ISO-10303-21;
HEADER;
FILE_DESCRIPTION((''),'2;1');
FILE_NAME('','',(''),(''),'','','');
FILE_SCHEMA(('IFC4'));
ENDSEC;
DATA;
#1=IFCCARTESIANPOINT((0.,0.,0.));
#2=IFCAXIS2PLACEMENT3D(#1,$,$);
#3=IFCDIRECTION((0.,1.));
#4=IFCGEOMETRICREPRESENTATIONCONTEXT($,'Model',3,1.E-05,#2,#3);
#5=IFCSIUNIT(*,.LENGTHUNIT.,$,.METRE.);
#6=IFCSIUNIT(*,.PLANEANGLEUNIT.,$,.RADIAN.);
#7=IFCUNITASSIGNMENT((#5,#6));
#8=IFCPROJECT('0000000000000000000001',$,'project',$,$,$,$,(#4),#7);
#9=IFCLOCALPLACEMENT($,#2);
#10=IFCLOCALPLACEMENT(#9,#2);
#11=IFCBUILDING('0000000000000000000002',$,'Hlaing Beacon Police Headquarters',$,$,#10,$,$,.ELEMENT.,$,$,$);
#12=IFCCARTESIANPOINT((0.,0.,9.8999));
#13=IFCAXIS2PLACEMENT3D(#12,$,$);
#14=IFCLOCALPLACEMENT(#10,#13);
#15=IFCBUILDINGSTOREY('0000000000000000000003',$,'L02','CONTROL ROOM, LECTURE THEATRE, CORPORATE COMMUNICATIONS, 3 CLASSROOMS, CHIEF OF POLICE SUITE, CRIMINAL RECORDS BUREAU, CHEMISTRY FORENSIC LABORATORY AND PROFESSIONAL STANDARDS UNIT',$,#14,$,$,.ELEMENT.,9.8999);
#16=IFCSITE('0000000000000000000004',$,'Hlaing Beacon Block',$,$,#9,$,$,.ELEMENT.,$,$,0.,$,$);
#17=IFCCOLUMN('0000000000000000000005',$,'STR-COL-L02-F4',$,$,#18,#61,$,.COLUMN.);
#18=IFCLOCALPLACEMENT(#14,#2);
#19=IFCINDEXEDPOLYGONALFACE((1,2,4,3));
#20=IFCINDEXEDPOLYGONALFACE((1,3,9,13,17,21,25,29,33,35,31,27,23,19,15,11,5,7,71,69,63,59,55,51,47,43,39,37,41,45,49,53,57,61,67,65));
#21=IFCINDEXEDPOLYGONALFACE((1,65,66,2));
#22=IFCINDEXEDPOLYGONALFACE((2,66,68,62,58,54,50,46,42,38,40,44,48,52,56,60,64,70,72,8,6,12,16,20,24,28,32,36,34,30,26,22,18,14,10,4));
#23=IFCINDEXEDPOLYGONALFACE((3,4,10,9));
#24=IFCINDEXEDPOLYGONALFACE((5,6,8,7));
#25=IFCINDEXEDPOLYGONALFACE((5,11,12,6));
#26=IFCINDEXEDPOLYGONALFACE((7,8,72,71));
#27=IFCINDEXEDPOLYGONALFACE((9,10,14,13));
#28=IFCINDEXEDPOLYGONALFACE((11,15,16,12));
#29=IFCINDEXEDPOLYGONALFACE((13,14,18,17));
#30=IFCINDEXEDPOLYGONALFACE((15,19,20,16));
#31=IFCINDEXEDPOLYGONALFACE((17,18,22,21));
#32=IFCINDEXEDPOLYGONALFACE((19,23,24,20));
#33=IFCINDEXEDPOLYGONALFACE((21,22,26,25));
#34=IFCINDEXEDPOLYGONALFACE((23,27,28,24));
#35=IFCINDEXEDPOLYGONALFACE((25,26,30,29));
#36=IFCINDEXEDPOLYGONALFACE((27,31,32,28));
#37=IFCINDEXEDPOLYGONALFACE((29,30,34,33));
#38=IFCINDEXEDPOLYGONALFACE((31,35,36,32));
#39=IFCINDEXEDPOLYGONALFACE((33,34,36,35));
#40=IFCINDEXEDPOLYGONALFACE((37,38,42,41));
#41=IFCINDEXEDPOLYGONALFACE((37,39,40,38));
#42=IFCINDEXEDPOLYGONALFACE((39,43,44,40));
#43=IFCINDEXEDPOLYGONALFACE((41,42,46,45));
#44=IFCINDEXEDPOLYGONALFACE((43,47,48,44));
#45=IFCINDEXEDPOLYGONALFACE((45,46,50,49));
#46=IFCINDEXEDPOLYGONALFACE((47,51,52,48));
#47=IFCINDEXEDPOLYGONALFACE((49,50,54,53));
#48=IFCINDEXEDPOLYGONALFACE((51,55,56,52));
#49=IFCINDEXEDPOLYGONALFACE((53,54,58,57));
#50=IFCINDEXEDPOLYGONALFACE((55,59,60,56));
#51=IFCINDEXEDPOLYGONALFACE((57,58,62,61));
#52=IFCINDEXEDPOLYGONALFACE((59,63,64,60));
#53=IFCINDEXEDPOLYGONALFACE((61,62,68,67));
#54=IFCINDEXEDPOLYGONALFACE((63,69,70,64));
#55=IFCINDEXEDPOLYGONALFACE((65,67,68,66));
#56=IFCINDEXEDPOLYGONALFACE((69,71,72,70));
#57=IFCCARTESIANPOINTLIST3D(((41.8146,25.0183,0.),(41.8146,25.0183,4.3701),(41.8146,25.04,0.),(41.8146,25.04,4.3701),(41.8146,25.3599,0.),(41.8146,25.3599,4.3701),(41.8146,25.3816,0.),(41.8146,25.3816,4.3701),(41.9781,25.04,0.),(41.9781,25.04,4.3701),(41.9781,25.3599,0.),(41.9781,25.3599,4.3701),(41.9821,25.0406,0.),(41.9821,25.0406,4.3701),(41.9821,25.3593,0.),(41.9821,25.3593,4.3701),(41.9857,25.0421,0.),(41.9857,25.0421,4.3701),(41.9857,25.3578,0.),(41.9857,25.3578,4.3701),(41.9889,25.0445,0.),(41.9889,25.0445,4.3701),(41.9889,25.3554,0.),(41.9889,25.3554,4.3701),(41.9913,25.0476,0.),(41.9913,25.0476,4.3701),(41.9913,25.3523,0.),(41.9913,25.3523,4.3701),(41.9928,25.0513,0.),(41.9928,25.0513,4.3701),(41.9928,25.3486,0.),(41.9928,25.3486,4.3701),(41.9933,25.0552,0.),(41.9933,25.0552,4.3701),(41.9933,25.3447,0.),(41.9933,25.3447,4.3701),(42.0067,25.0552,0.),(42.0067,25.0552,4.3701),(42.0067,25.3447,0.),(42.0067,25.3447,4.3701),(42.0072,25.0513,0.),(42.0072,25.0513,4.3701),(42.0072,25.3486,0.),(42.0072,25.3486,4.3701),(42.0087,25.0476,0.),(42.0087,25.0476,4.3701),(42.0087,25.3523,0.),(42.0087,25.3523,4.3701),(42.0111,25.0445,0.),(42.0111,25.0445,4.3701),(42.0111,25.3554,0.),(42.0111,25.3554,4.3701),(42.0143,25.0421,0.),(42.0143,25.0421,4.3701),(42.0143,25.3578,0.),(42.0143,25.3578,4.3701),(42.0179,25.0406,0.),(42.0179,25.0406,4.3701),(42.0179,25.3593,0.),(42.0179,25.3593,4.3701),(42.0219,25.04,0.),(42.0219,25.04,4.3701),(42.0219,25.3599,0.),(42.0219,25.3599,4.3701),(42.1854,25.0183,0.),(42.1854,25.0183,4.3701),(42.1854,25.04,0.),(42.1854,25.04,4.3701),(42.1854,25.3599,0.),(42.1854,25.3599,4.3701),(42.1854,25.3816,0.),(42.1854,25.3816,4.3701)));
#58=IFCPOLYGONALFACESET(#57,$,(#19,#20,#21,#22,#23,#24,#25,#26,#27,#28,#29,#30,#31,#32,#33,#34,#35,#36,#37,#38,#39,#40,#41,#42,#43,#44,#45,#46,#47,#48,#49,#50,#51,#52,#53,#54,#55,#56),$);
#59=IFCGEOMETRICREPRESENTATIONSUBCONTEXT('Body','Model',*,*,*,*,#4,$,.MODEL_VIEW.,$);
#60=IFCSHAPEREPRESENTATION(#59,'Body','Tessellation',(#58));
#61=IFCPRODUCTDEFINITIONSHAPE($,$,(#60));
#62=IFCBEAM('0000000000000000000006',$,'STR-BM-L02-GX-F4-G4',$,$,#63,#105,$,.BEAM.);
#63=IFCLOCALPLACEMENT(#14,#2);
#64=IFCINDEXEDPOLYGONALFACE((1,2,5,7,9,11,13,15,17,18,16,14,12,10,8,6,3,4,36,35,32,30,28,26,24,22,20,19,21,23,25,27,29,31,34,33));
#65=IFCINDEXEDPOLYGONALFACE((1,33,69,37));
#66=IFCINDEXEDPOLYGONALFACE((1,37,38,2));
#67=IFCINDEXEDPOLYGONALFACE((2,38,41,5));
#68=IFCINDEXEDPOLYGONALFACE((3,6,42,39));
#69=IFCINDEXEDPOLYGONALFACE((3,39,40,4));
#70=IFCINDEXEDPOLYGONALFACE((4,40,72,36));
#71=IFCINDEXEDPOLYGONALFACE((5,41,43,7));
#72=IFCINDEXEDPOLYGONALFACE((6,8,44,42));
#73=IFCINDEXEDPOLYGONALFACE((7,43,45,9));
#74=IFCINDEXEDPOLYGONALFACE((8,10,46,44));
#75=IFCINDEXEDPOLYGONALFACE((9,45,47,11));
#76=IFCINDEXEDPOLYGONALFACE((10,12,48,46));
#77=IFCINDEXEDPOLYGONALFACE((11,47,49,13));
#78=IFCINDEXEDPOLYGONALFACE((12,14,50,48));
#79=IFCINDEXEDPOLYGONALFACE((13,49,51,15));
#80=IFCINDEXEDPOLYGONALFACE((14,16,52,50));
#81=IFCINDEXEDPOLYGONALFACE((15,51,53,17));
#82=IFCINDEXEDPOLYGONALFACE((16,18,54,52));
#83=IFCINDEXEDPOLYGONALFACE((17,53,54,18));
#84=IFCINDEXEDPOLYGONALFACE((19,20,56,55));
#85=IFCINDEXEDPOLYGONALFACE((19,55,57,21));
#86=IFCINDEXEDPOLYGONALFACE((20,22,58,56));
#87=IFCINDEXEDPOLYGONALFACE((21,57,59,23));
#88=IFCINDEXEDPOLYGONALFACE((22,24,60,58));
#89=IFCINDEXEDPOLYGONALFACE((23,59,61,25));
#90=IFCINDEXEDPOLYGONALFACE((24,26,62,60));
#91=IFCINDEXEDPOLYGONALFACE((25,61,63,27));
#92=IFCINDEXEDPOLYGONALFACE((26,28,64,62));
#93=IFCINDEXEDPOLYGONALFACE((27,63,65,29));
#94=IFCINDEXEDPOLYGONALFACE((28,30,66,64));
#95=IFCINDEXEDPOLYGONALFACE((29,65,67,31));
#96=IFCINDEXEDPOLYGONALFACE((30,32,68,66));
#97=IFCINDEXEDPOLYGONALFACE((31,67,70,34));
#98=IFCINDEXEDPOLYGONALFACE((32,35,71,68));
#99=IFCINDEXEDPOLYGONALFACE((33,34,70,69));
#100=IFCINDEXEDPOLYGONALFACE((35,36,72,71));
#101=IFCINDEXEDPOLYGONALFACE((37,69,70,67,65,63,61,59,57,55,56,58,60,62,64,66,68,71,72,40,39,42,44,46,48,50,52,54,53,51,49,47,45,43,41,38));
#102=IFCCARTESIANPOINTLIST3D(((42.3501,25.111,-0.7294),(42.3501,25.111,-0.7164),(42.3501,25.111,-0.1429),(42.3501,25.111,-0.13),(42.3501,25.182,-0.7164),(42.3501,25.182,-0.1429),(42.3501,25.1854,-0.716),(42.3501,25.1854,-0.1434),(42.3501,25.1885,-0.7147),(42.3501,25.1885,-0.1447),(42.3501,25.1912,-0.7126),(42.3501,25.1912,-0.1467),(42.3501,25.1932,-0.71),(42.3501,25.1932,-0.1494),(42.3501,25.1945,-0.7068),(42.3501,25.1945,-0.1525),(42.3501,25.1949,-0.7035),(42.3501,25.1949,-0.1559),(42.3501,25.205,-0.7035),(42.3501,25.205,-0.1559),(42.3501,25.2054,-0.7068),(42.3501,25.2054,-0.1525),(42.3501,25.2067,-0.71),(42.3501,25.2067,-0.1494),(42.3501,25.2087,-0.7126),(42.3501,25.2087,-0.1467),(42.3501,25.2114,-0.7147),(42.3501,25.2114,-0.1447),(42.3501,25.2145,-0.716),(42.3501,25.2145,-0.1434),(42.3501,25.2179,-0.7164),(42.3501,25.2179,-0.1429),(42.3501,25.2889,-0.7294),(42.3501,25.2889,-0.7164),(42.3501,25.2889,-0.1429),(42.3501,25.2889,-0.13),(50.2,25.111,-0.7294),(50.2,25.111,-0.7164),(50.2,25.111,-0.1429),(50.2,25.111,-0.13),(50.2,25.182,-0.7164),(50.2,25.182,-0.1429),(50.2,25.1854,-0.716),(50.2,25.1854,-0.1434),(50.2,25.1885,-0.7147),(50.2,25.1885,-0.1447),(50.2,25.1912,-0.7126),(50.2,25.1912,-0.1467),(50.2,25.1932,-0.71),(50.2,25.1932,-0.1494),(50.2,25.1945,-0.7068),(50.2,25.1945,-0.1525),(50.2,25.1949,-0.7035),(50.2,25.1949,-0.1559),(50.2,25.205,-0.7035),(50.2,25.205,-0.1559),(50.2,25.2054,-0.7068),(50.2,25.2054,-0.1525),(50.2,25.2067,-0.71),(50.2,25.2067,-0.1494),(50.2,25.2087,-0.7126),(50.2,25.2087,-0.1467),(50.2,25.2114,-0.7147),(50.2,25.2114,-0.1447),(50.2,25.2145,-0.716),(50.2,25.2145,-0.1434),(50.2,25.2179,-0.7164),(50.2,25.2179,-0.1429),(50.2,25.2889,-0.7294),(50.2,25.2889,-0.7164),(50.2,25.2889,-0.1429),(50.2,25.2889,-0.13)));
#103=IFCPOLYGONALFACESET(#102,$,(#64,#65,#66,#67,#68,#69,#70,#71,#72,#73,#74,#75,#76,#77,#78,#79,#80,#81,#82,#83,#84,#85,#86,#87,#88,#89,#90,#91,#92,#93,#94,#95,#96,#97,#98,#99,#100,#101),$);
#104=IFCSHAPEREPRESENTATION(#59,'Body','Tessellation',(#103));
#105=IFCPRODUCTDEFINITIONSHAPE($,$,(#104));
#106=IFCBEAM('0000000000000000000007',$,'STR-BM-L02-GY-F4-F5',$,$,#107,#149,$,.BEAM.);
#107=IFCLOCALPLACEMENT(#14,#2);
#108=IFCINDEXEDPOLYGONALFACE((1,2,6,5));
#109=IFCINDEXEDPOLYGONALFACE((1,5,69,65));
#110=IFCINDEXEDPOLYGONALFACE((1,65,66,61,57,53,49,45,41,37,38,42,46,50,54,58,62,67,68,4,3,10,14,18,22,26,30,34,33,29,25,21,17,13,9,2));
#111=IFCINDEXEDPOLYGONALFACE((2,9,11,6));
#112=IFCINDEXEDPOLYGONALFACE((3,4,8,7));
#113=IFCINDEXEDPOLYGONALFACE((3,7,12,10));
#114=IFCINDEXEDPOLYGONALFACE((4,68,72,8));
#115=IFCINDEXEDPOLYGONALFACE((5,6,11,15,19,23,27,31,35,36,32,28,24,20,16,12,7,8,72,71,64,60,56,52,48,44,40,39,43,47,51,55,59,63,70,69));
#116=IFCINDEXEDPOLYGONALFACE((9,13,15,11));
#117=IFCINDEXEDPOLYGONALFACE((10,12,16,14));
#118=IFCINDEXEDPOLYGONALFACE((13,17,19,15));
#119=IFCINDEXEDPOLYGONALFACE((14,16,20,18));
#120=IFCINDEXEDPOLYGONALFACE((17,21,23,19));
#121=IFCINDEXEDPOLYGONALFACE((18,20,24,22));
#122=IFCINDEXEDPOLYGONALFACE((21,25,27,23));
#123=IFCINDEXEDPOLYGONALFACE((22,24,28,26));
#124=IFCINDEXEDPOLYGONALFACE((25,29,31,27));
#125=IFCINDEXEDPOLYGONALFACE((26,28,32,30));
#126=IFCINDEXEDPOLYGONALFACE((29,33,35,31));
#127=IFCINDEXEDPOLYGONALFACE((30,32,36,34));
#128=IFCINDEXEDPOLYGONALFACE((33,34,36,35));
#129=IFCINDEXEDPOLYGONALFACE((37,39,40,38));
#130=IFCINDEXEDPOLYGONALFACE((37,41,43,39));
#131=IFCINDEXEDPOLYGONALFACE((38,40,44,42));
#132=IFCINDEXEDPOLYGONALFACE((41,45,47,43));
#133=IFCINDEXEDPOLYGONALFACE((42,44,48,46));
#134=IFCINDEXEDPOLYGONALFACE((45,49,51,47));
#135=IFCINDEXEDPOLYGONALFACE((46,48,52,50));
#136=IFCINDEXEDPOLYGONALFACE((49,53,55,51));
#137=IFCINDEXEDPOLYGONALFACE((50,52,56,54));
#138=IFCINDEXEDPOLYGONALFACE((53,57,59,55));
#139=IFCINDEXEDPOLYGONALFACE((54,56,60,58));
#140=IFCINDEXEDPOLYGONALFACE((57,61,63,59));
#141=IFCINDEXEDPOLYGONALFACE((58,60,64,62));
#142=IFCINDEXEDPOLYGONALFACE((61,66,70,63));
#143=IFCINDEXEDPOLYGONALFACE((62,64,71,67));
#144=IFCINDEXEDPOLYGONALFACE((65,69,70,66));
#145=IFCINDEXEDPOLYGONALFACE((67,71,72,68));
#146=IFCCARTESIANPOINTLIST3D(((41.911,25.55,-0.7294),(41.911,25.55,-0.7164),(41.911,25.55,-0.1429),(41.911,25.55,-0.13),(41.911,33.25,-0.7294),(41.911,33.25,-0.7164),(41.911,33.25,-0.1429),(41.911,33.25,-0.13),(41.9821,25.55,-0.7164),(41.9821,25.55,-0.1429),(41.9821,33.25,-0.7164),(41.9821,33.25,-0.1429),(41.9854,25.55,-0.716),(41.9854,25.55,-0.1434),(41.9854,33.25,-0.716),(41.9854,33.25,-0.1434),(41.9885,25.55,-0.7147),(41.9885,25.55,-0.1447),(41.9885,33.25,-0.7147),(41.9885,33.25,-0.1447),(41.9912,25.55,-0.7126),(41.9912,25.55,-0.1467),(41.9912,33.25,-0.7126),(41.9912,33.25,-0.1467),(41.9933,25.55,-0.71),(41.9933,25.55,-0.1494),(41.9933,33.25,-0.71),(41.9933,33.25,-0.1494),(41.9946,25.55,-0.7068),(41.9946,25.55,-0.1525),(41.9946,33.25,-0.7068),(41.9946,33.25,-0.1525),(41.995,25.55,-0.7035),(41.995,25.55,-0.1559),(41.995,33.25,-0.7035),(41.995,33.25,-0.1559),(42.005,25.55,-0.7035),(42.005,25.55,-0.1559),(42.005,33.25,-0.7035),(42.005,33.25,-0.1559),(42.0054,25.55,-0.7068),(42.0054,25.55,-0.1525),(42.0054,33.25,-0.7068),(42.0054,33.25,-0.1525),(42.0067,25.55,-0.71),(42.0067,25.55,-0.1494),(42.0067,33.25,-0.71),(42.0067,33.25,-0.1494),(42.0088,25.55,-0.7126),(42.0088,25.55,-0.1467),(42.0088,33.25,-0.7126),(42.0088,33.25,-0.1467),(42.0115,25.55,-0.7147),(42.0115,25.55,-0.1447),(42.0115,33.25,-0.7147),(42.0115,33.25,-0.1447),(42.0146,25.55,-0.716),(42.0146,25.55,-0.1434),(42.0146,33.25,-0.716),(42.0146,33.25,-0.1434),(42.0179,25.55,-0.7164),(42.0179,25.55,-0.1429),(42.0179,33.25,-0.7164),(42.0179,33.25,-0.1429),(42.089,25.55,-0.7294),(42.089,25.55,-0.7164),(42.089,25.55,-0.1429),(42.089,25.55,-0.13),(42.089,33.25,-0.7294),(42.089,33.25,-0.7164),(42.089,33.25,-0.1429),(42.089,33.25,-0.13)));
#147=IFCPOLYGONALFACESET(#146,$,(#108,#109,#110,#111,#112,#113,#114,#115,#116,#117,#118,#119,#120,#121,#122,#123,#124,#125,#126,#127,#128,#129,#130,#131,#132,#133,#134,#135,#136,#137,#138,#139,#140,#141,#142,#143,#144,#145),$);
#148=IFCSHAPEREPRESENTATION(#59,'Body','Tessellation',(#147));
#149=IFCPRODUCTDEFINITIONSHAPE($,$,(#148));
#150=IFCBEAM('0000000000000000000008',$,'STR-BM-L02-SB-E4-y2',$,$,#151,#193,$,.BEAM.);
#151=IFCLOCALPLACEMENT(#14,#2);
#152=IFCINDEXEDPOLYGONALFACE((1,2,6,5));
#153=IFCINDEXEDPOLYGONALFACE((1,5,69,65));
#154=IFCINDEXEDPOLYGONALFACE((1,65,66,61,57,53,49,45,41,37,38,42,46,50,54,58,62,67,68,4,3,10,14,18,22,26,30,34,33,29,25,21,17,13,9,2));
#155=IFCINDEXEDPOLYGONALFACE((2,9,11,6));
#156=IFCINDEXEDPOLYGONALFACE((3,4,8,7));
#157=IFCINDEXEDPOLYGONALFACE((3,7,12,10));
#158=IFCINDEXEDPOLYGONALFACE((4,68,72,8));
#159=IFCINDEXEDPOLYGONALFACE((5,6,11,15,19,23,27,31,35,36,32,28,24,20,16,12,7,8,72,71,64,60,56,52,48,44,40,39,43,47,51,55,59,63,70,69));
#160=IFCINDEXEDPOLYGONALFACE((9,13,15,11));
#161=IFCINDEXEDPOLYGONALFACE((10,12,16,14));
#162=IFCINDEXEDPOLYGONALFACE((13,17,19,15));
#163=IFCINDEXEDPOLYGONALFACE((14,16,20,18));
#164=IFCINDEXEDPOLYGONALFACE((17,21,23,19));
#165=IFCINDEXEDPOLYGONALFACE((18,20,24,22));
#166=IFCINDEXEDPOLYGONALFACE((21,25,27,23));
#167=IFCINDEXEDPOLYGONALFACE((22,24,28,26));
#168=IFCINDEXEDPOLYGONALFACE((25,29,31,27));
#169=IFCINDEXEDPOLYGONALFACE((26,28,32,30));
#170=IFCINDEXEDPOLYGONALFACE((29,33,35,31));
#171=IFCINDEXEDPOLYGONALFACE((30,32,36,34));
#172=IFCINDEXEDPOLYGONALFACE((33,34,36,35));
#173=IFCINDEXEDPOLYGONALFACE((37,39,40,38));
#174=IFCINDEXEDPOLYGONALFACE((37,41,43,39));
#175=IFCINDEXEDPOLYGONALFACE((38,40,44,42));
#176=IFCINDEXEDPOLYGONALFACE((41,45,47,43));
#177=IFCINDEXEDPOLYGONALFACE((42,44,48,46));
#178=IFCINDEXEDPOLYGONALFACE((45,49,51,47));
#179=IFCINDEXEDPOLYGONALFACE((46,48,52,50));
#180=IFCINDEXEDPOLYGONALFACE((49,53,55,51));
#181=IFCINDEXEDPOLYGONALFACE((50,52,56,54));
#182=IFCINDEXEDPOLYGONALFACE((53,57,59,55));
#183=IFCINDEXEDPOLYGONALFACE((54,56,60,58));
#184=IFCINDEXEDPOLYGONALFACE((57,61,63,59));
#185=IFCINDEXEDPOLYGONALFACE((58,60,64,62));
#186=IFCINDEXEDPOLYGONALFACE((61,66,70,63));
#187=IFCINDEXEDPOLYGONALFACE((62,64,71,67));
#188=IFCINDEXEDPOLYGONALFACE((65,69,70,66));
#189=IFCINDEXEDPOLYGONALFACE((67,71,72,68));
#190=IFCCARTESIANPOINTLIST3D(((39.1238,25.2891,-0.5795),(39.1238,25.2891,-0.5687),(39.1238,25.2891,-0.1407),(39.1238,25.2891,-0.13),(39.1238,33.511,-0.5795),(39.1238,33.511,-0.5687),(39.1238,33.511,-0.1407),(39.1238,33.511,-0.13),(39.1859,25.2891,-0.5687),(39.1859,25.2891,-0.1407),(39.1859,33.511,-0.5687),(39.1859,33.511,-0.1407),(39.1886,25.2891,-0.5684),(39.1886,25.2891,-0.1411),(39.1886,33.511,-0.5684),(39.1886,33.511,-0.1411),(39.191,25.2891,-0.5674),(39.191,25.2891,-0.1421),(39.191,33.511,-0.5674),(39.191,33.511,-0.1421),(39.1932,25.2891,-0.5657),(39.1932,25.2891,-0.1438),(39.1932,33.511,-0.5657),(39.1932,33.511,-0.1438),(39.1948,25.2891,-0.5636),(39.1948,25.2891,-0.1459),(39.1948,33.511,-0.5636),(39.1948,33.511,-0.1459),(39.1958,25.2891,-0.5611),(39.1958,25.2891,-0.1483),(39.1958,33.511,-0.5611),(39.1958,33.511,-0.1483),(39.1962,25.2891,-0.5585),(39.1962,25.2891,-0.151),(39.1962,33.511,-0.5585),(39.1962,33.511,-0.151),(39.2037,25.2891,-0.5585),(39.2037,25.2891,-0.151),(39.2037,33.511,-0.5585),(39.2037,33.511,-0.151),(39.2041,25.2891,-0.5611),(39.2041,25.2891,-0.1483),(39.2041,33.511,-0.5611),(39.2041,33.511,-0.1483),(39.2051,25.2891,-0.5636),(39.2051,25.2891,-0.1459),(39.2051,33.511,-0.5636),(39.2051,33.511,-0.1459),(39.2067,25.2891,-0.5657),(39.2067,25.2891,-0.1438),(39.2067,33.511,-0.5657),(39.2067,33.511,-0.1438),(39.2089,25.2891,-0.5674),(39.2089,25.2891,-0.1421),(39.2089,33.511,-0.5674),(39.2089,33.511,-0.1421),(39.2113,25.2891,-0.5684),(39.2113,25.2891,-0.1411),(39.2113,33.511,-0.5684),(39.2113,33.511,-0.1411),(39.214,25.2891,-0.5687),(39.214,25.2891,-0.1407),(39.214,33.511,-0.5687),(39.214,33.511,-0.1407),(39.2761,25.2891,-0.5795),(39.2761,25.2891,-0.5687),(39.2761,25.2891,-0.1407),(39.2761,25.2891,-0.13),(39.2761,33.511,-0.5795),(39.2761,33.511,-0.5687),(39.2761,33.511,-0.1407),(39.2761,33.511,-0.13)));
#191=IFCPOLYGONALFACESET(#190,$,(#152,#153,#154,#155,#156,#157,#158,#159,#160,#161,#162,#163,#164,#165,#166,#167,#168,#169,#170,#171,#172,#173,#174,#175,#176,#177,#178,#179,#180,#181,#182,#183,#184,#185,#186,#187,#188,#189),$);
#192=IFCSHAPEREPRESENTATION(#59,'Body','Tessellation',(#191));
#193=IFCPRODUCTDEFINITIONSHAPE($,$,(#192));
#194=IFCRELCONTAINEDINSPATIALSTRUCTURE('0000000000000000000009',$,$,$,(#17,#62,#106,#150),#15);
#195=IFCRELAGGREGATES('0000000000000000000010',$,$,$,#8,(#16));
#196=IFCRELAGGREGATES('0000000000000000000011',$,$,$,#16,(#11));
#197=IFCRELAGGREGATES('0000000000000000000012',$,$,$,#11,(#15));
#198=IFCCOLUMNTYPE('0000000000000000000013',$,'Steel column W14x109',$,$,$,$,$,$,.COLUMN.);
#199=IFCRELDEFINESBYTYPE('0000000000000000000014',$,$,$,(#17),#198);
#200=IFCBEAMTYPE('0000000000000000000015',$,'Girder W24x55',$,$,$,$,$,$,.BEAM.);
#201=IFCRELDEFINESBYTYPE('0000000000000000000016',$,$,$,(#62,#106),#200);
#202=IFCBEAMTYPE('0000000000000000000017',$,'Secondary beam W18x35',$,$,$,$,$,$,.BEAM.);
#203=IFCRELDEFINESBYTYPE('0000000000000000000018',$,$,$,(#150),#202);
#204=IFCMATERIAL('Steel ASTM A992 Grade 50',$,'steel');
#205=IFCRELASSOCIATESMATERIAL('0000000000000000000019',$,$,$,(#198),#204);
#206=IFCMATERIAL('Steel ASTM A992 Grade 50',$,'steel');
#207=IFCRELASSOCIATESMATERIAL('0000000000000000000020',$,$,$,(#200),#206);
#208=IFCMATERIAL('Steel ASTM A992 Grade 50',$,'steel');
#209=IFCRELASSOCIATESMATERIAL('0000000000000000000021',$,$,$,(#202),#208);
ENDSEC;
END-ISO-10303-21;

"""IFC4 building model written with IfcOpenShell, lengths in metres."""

from ifc_helpers import new_model, si_unit, direction, frame, origin, origin_2d, place, context, subcontext, project, spatial, i_section, extrude, material, material_profile, profile_set, type_object, element, save


model = new_model("IFC4")

# Units and contexts
model_context = context("Model", 3, precision=1e-05, world=origin(), true_north=direction((0.0, 1.0)))
body_context = subcontext(model_context, "Body", "Model", "MODEL_VIEW")
ifc_project = project(units=[si_unit("LENGTHUNIT", "METRE"), si_unit("PLANEANGLEUNIT", "RADIAN")], contexts=[model_context])

# Site, building, storey
site_placement = place(None, origin())
site = spatial("IfcSite", under=ifc_project, at=site_placement, Name="Hlaing Beacon Block", CompositionType="ELEMENT", RefElevation=0.0)
building_placement = place(site_placement, origin())
building = spatial("IfcBuilding", under=site, at=building_placement, Name="Hlaing Beacon Police Headquarters", CompositionType="ELEMENT")
storey_placement = place(building_placement, frame((0.0, 0.0, 9.8999)))
storey = spatial("IfcBuildingStorey", under=building, at=storey_placement, Name="L02", Description="CONTROL ROOM, LECTURE THEATRE, CORPORATE COMMUNICATIONS, 3 CLASSROOMS, CHIEF OF POLICE SUITE, CRIMINAL RECORDS BUREAU, CHEMISTRY FORENSIC LABORATORY AND PROFESSIONAL STANDARDS UNIT", CompositionType="ELEMENT", Elevation=9.8999)

# Column
ifc_material_1 = material(Name="Steel ASTM A992 Grade 50", Category="steel")
ifc_material_profile_1 = material_profile(ifc_material_1, i_section(OverallWidth=0.3708, OverallDepth=0.3633, WebThickness=0.0134, FlangeThickness=0.0217, FilletRadius=0.0151, at=origin_2d()), Name="W14x109")
ifc_profile_set_1 = profile_set([ifc_material_profile_1], Name="Steel ASTM A992 Grade 50")
column_type = type_object("IfcColumnType", Name="Steel column W14x109", PredefinedType="COLUMN", material=ifc_profile_set_1)
column_placement = place(storey_placement, frame((42.0, 25.2, 0.0), z_axis=(0.0, 0.0, 1.0), x_axis=(1.0, 0.0, 0.0)))
element("IfcColumn", 1, at=column_placement, inside=storey, type_object=column_type, Name="STR-COL-L02-F4", PredefinedType="COLUMN", context=body_context, shape_type="SweptSolid", body=[
    extrude(i_section(OverallWidth=0.3708, OverallDepth=0.3633, WebThickness=0.0134, FlangeThickness=0.0217, FilletRadius=0.0151, at=origin_2d()), origin(), (0.0, 0.0, 1.0), 4.3701),
])

# Beams
ifc_material_2 = material(Name="Steel ASTM A992 Grade 50", Category="steel")
ifc_material_profile_2 = material_profile(ifc_material_2, i_section(OverallWidth=0.178, OverallDepth=0.5994, WebThickness=0.01, FlangeThickness=0.0129, FilletRadius=0.0129, at=origin_2d()), Name="W24x55")
ifc_profile_set_2 = profile_set([ifc_material_profile_2], Name="Steel ASTM A992 Grade 50")
beam_type_1 = type_object("IfcBeamType", Name="Girder W24x55", PredefinedType="BEAM", material=ifc_profile_set_2)
beam_1_placement = place(storey_placement, frame((42.3501, 25.2, -0.4297), z_axis=(1.0, 0.0, 0.0), x_axis=(0.0, 1.0, 0.0)))
element("IfcBeam", 2, at=beam_1_placement, inside=storey, type_object=beam_type_1, Name="STR-BM-L02-GX-F4-G4", PredefinedType="BEAM", context=body_context, shape_type="SweptSolid", body=[
    extrude(i_section(OverallWidth=0.178, OverallDepth=0.5994, WebThickness=0.01, FlangeThickness=0.0129, FilletRadius=0.0129, at=origin_2d()), origin(), (0.0, 0.0, 1.0), 7.8499),
])
beam_2_placement = place(storey_placement, frame((42.0, 25.55, -0.4297), z_axis=(0.0, 1.0, 0.0), x_axis=(-1.0, 0.0, 0.0)))
element("IfcBeam", 3, at=beam_2_placement, inside=storey, type_object=beam_type_1, Name="STR-BM-L02-GY-F4-F5", PredefinedType="BEAM", context=body_context, shape_type="SweptSolid", body=[
    extrude(i_section(OverallWidth=0.178, OverallDepth=0.5994, WebThickness=0.01, FlangeThickness=0.0129, FilletRadius=0.0129, at=origin_2d()), origin(), (0.0, 0.0, 1.0), 7.7),
])
ifc_material_3 = material(Name="Steel ASTM A992 Grade 50", Category="steel")
ifc_material_profile_3 = material_profile(ifc_material_3, i_section(OverallWidth=0.1523, OverallDepth=0.4495, WebThickness=0.0076, FlangeThickness=0.0107, FilletRadius=0.0103, at=origin_2d()), Name="W18x35")
ifc_profile_set_3 = profile_set([ifc_material_profile_3], Name="Steel ASTM A992 Grade 50")
beam_type_2 = type_object("IfcBeamType", Name="Secondary beam W18x35", PredefinedType="BEAM", material=ifc_profile_set_3)
for number, where, z_axis, x_axis, name in (
    (4, (39.2, 25.2891, -0.3547), (0.0, 1.0, 0.0), (-1.0, 0.0, 0.0), "STR-BM-L02-SB-E4-y2"),
):
    element("IfcBeam", number, at=place(storey_placement, frame(where, z_axis=z_axis, x_axis=x_axis)), inside=storey, type_object=beam_type_2, Name=name, PredefinedType="BEAM", context=body_context, shape_type="SweptSolid", body=[
        extrude(i_section(OverallWidth=0.1523, OverallDepth=0.4495, WebThickness=0.0076, FlangeThickness=0.0107, FilletRadius=0.0103, at=origin_2d()), origin(), (0.0, 0.0, 1.0), 8.2219),
    ])

save(model, "model.ifc")
